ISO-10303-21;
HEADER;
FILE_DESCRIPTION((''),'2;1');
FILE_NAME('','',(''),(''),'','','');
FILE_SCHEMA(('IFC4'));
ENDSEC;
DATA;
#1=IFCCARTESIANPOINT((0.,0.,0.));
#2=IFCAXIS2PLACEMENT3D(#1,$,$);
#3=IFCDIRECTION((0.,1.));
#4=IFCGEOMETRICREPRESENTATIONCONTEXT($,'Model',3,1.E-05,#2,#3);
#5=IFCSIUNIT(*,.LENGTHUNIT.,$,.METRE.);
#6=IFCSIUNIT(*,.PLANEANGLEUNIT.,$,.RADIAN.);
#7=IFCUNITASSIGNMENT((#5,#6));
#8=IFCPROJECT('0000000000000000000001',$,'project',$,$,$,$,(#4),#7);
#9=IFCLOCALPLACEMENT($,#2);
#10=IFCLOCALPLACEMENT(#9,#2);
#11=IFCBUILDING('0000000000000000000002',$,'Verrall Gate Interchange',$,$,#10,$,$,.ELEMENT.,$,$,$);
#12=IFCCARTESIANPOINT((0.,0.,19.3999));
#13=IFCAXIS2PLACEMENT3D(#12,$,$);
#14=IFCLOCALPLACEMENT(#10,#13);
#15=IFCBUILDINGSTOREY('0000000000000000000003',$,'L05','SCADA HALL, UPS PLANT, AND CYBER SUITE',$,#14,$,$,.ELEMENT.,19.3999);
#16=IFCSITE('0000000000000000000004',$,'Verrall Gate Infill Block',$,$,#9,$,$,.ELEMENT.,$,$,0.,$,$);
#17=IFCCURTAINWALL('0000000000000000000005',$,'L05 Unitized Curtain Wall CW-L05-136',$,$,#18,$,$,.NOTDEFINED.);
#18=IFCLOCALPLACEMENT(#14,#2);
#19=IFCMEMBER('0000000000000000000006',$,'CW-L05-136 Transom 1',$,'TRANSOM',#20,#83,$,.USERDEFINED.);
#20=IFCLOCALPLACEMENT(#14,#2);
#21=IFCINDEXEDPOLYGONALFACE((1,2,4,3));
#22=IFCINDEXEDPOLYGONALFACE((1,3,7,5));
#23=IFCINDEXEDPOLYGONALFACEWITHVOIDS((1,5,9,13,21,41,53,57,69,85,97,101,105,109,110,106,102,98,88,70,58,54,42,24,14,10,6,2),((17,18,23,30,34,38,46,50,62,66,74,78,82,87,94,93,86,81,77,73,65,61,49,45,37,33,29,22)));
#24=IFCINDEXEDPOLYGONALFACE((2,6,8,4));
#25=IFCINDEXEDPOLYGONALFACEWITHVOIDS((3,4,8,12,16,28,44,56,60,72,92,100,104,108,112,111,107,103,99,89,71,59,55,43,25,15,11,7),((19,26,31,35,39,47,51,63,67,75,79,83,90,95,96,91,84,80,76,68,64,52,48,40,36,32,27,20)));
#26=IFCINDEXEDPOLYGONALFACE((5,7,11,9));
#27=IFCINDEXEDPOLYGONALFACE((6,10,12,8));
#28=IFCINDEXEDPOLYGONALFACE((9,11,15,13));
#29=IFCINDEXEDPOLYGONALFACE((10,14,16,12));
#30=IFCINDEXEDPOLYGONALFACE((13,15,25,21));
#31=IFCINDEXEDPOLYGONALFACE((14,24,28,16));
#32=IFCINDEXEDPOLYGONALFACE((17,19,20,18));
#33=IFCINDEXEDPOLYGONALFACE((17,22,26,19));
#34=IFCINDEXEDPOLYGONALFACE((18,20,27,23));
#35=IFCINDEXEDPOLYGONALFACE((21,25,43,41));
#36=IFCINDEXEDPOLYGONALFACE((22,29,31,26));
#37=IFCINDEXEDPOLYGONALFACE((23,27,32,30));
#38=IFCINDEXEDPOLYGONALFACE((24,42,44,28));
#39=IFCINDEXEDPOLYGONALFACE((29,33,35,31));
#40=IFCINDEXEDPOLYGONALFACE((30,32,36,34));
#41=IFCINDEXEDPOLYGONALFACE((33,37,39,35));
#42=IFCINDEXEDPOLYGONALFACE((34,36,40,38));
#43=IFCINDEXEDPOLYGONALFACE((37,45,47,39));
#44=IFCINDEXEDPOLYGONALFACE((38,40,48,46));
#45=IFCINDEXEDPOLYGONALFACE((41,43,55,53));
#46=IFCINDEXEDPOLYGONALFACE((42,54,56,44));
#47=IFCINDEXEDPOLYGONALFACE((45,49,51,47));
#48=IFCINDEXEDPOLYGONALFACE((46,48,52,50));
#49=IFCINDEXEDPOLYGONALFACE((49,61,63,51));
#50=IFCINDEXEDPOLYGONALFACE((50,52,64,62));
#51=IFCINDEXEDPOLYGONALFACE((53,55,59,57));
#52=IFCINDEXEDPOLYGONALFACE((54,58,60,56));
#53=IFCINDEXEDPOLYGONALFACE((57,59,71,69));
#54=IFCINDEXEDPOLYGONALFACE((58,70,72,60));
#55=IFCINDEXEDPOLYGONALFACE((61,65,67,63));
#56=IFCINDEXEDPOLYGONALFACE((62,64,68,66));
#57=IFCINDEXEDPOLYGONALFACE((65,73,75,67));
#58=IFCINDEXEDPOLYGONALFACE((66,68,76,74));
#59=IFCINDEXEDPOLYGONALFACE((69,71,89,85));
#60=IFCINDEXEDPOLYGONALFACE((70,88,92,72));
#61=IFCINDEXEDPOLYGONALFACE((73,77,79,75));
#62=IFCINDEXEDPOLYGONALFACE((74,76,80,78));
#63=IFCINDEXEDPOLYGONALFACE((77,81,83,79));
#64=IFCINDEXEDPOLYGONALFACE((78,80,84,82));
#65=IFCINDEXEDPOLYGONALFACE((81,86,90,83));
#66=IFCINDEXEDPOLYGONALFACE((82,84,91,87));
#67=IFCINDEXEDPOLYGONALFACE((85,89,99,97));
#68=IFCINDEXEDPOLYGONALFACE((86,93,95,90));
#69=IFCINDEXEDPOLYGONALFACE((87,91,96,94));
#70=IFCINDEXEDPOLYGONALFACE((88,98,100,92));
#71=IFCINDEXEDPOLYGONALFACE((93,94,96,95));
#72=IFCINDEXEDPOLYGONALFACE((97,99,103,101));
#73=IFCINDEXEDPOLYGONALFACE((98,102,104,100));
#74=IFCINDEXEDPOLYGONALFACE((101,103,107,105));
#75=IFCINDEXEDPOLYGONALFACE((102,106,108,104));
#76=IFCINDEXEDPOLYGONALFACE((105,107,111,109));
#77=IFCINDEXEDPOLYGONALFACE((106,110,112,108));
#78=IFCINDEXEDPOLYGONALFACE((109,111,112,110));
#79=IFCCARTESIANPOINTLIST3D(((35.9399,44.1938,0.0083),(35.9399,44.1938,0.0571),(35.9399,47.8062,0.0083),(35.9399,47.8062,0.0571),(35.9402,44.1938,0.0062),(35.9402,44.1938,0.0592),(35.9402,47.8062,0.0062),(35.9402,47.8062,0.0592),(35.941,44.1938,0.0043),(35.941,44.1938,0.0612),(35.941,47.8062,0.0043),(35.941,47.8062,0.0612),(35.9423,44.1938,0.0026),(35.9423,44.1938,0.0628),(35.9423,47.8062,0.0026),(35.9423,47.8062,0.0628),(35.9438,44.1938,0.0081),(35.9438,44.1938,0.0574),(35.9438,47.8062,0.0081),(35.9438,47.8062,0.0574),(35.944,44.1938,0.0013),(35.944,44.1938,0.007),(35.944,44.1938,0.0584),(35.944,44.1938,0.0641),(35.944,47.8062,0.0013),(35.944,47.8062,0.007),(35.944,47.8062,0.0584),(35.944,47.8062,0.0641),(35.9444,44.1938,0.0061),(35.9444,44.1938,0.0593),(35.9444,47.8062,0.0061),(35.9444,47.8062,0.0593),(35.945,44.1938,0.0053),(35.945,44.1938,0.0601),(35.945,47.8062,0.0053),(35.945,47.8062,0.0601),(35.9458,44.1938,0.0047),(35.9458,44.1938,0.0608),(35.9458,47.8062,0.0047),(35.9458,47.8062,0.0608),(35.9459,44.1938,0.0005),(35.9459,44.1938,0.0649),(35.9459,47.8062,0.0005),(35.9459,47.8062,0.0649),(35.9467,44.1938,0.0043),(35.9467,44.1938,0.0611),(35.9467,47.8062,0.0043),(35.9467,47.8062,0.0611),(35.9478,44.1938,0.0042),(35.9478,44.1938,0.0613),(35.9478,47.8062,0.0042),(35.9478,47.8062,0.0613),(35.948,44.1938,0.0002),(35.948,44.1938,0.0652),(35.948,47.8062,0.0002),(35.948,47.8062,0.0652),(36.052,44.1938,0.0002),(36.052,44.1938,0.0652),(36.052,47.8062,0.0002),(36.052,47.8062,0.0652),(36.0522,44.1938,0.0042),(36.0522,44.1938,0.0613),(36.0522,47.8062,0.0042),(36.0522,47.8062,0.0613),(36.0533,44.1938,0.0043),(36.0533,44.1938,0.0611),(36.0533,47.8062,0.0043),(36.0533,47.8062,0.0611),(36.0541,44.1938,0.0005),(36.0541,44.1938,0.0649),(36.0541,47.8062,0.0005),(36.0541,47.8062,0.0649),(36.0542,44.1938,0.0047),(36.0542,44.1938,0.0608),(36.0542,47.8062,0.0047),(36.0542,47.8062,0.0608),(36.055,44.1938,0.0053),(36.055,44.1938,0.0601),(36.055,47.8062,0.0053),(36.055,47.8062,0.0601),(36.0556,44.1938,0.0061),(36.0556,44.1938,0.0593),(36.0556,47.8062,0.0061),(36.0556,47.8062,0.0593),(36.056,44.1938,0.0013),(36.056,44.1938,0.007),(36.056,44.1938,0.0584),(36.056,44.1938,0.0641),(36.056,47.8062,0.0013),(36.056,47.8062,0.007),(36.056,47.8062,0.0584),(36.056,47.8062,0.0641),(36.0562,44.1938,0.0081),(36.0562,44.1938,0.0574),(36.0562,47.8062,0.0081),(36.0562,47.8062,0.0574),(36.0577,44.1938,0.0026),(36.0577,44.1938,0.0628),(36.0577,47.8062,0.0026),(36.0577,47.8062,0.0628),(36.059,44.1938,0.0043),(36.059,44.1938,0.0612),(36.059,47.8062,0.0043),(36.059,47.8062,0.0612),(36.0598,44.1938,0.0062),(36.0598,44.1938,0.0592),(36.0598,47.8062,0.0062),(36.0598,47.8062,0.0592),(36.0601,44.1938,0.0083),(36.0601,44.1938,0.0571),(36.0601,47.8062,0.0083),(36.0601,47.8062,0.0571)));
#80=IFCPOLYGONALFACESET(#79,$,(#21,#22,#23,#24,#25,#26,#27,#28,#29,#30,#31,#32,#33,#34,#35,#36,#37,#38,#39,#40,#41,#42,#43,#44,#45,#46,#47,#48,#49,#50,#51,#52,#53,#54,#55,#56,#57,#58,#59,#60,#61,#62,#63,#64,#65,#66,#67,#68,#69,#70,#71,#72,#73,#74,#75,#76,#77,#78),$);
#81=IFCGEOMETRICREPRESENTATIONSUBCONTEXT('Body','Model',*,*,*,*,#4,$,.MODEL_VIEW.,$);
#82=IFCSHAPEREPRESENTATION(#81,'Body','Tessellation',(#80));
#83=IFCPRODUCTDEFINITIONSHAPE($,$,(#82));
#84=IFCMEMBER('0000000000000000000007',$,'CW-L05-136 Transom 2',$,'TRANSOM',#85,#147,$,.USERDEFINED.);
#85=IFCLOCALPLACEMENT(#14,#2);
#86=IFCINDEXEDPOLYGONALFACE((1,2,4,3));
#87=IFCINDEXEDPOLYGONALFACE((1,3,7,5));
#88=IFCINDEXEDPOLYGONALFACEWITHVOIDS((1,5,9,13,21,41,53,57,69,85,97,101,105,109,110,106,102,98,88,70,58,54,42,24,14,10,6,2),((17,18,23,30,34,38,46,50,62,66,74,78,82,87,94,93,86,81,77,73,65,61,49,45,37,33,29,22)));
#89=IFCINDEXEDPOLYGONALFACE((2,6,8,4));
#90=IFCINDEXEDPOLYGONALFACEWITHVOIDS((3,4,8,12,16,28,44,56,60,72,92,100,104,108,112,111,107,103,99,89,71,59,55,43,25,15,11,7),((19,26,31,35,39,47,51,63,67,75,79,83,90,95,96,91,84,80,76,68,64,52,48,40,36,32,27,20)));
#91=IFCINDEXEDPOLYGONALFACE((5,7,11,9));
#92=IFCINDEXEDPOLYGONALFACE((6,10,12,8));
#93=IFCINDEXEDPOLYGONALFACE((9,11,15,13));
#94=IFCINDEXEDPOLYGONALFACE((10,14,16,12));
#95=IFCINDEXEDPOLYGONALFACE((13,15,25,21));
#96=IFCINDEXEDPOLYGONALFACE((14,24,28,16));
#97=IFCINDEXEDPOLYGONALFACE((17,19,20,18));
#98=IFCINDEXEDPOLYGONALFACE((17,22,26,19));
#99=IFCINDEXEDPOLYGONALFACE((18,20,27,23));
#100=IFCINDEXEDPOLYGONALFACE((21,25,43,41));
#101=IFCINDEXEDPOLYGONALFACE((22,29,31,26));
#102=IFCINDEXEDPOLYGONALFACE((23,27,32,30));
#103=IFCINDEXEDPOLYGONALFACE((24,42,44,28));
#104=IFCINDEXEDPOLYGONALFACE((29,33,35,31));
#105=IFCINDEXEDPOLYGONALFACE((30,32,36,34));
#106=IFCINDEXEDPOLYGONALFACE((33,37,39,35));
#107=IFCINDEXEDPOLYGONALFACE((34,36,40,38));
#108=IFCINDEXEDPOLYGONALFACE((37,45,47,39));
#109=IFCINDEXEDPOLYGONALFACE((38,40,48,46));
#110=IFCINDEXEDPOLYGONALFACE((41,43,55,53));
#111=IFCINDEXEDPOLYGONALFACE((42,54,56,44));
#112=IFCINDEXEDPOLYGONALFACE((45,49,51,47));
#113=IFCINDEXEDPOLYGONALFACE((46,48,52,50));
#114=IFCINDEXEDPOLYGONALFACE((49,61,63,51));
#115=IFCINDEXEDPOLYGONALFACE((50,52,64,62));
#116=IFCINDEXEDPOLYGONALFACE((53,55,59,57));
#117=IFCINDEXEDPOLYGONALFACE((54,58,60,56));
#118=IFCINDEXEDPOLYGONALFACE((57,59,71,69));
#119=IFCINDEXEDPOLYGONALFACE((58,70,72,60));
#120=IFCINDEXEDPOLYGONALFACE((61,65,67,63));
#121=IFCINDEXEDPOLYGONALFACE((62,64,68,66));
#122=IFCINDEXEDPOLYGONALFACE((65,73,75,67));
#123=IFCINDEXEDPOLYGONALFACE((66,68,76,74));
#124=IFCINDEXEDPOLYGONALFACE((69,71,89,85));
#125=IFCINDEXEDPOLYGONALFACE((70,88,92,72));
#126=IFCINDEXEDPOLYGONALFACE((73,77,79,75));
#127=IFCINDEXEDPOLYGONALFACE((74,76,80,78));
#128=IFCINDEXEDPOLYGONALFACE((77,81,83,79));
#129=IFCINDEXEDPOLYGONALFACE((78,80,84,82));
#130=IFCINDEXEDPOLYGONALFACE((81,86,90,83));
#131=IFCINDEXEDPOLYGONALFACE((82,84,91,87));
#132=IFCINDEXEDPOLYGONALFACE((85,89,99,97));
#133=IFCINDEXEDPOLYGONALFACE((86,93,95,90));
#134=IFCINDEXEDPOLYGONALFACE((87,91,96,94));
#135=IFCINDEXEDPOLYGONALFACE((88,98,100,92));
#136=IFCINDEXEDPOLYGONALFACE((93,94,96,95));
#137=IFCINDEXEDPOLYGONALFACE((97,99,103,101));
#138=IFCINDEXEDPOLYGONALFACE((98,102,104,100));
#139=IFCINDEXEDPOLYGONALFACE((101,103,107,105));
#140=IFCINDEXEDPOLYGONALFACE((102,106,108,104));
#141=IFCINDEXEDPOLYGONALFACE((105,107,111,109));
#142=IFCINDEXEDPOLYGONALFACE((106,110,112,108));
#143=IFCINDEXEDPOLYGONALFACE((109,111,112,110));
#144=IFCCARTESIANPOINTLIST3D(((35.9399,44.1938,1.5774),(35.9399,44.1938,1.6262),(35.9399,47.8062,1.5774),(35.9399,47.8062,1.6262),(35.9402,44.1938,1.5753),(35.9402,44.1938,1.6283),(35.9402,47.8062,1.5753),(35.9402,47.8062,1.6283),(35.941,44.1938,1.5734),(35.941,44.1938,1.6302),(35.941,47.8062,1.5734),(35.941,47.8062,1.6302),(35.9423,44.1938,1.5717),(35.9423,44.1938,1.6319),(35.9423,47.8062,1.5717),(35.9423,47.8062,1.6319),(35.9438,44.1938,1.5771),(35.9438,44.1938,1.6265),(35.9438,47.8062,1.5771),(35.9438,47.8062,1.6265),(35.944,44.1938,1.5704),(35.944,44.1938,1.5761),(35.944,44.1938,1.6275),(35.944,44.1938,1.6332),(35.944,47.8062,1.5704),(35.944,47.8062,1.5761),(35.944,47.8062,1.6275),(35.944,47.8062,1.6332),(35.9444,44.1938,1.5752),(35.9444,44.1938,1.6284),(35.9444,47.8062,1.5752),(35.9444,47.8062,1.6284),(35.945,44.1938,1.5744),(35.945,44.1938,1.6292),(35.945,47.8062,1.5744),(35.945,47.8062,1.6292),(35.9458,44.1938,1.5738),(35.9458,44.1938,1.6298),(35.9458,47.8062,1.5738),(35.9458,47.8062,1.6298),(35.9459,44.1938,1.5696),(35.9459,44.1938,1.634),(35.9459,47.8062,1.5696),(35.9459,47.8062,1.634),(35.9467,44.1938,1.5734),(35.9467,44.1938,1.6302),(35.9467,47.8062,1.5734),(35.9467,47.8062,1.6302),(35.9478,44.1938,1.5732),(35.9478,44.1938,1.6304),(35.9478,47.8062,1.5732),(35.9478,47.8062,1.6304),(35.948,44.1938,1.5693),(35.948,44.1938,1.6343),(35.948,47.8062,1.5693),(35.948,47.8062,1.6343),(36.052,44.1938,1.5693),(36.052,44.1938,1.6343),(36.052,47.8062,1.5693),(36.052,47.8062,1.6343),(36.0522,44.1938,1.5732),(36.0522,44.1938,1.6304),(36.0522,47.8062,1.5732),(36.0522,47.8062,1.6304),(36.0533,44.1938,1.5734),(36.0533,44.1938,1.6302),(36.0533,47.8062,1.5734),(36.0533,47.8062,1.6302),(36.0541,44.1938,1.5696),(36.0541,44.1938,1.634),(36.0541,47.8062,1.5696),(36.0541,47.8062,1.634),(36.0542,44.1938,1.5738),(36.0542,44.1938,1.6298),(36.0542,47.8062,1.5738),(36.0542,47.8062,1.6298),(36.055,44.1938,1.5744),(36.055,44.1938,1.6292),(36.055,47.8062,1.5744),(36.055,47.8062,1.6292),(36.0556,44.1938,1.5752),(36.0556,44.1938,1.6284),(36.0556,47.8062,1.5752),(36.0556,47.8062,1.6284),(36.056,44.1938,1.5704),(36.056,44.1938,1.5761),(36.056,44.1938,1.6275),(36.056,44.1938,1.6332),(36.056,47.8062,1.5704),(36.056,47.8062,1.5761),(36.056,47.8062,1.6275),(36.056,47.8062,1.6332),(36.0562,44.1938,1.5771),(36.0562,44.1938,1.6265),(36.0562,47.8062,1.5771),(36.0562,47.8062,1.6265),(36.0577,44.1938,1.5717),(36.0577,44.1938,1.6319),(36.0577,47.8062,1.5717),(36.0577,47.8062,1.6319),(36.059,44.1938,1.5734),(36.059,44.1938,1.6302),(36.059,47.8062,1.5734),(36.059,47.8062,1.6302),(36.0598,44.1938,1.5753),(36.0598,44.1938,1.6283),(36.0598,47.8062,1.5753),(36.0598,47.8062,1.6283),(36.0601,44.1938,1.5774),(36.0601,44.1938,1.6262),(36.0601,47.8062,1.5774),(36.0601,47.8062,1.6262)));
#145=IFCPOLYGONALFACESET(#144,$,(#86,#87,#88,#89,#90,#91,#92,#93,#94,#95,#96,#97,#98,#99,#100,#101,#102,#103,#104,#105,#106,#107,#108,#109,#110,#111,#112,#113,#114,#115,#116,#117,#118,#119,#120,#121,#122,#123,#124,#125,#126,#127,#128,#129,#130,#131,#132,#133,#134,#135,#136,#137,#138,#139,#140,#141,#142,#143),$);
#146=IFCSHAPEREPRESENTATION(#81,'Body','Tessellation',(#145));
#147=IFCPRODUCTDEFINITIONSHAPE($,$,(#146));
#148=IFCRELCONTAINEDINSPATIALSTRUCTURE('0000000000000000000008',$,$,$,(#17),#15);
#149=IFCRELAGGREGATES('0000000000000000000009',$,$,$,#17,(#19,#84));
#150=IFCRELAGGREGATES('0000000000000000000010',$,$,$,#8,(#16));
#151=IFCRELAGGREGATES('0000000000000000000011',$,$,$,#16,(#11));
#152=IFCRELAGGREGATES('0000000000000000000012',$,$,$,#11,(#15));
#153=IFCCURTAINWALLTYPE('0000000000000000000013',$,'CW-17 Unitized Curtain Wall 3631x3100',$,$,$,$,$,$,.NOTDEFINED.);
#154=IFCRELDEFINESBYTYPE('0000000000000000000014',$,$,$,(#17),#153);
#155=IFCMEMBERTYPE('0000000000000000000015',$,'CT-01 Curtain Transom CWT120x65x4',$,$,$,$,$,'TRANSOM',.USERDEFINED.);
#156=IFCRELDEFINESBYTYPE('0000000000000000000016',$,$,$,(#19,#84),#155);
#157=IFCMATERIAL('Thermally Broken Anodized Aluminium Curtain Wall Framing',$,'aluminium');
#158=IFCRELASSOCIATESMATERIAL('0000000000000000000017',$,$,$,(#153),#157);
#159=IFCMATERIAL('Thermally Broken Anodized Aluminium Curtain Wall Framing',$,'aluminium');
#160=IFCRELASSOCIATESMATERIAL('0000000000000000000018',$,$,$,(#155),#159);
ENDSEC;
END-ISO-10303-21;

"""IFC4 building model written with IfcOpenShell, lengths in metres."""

from ifc_helpers import new_model, si_unit, direction, frame, origin, origin_2d, place, context, subcontext, project, spatial, hollow_rectangle, extrude, material, material_profile, profile_set, type_object, element, aggregate, save


model = new_model("IFC4")

# Units and contexts
model_context = context("Model", 3, precision=1e-05, world=origin(), true_north=direction((0.0, 1.0)))
body_context = subcontext(model_context, "Body", "Model", "MODEL_VIEW")
ifc_project = project(units=[si_unit("LENGTHUNIT", "METRE"), si_unit("PLANEANGLEUNIT", "RADIAN")], contexts=[model_context])

# Site, building, storey
site_placement = place(None, origin())
site = spatial("IfcSite", under=ifc_project, at=site_placement, Name="Verrall Gate Infill Block", CompositionType="ELEMENT", RefElevation=0.0)
building_placement = place(site_placement, origin())
building = spatial("IfcBuilding", under=site, at=building_placement, Name="Verrall Gate Interchange", CompositionType="ELEMENT")
storey_placement = place(building_placement, frame((0.0, 0.0, 19.3999)))
storey = spatial("IfcBuildingStorey", under=building, at=storey_placement, Name="L05", Description="SCADA HALL, UPS PLANT, AND CYBER SUITE", CompositionType="ELEMENT", Elevation=19.3999)

# Curtain wall
ifc_material_1 = material(Name="Thermally Broken Anodized Aluminium Curtain Wall Framing", Category="aluminium")
curtain_wall_type_1 = type_object("IfcCurtainWallType", Name="CW-17 Unitized Curtain Wall 3631x3100", PredefinedType="NOTDEFINED", material=ifc_material_1)
curtain_wall_1_placement = place(storey_placement, origin())
curtain_wall_1 = element("IfcCurtainWall", 1, at=curtain_wall_1_placement, inside=storey, type_object=curtain_wall_type_1, Name="L05 Unitized Curtain Wall CW-L05-136", PredefinedType="NOTDEFINED")

# Members
ifc_material_2 = material(Name="Thermally Broken Anodized Aluminium Curtain Wall Framing", Category="aluminium")
ifc_material_profile_1 = material_profile(ifc_material_2, hollow_rectangle(XDim=0.1201, YDim=0.0649, WallThickness=0.0039, InnerFilletRadius=0.0039, OuterFilletRadius=0.0081, at=origin_2d()), Name="CWT120x65x4")
ifc_profile_set_1 = profile_set([ifc_material_profile_1], Name="Thermally Broken Anodized Aluminium Curtain Wall Framing")
member_type_1 = type_object("IfcMemberType", Name="CT-01 Curtain Transom CWT120x65x4", ElementType="TRANSOM", PredefinedType="USERDEFINED", material=ifc_profile_set_1)
member_1_placement = place(storey_placement, frame((36.0, 44.1938, 0.0327), z_axis=(0.0, 1.0, 0.0), x_axis=(-1.0, 0.0, 0.0)))
member_1 = element("IfcMember", 2, at=member_1_placement, type_object=member_type_1, Name="CW-L05-136 Transom 1", ObjectType="TRANSOM", PredefinedType="USERDEFINED", context=body_context, shape_type="SweptSolid", body=[
    extrude(hollow_rectangle(XDim=0.1201, YDim=0.0649, WallThickness=0.0039, InnerFilletRadius=0.0039, OuterFilletRadius=0.0081, at=origin_2d()), origin(), (0.0, 0.0, 1.0), 3.6123),
])
member_2_placement = place(storey_placement, frame((36.0, 44.1938, 1.6018), z_axis=(0.0, 1.0, 0.0), x_axis=(-1.0, 0.0, 0.0)))
member_2 = element("IfcMember", 3, at=member_2_placement, type_object=member_type_1, Name="CW-L05-136 Transom 2", ObjectType="TRANSOM", PredefinedType="USERDEFINED", context=body_context, shape_type="SweptSolid", body=[
    extrude(hollow_rectangle(XDim=0.1201, YDim=0.0649, WallThickness=0.0039, InnerFilletRadius=0.0039, OuterFilletRadius=0.0081, at=origin_2d()), origin(), (0.0, 0.0, 1.0), 3.6123),
])

aggregate(curtain_wall_1, [member_1, member_2])

save(model, "model.ifc")
